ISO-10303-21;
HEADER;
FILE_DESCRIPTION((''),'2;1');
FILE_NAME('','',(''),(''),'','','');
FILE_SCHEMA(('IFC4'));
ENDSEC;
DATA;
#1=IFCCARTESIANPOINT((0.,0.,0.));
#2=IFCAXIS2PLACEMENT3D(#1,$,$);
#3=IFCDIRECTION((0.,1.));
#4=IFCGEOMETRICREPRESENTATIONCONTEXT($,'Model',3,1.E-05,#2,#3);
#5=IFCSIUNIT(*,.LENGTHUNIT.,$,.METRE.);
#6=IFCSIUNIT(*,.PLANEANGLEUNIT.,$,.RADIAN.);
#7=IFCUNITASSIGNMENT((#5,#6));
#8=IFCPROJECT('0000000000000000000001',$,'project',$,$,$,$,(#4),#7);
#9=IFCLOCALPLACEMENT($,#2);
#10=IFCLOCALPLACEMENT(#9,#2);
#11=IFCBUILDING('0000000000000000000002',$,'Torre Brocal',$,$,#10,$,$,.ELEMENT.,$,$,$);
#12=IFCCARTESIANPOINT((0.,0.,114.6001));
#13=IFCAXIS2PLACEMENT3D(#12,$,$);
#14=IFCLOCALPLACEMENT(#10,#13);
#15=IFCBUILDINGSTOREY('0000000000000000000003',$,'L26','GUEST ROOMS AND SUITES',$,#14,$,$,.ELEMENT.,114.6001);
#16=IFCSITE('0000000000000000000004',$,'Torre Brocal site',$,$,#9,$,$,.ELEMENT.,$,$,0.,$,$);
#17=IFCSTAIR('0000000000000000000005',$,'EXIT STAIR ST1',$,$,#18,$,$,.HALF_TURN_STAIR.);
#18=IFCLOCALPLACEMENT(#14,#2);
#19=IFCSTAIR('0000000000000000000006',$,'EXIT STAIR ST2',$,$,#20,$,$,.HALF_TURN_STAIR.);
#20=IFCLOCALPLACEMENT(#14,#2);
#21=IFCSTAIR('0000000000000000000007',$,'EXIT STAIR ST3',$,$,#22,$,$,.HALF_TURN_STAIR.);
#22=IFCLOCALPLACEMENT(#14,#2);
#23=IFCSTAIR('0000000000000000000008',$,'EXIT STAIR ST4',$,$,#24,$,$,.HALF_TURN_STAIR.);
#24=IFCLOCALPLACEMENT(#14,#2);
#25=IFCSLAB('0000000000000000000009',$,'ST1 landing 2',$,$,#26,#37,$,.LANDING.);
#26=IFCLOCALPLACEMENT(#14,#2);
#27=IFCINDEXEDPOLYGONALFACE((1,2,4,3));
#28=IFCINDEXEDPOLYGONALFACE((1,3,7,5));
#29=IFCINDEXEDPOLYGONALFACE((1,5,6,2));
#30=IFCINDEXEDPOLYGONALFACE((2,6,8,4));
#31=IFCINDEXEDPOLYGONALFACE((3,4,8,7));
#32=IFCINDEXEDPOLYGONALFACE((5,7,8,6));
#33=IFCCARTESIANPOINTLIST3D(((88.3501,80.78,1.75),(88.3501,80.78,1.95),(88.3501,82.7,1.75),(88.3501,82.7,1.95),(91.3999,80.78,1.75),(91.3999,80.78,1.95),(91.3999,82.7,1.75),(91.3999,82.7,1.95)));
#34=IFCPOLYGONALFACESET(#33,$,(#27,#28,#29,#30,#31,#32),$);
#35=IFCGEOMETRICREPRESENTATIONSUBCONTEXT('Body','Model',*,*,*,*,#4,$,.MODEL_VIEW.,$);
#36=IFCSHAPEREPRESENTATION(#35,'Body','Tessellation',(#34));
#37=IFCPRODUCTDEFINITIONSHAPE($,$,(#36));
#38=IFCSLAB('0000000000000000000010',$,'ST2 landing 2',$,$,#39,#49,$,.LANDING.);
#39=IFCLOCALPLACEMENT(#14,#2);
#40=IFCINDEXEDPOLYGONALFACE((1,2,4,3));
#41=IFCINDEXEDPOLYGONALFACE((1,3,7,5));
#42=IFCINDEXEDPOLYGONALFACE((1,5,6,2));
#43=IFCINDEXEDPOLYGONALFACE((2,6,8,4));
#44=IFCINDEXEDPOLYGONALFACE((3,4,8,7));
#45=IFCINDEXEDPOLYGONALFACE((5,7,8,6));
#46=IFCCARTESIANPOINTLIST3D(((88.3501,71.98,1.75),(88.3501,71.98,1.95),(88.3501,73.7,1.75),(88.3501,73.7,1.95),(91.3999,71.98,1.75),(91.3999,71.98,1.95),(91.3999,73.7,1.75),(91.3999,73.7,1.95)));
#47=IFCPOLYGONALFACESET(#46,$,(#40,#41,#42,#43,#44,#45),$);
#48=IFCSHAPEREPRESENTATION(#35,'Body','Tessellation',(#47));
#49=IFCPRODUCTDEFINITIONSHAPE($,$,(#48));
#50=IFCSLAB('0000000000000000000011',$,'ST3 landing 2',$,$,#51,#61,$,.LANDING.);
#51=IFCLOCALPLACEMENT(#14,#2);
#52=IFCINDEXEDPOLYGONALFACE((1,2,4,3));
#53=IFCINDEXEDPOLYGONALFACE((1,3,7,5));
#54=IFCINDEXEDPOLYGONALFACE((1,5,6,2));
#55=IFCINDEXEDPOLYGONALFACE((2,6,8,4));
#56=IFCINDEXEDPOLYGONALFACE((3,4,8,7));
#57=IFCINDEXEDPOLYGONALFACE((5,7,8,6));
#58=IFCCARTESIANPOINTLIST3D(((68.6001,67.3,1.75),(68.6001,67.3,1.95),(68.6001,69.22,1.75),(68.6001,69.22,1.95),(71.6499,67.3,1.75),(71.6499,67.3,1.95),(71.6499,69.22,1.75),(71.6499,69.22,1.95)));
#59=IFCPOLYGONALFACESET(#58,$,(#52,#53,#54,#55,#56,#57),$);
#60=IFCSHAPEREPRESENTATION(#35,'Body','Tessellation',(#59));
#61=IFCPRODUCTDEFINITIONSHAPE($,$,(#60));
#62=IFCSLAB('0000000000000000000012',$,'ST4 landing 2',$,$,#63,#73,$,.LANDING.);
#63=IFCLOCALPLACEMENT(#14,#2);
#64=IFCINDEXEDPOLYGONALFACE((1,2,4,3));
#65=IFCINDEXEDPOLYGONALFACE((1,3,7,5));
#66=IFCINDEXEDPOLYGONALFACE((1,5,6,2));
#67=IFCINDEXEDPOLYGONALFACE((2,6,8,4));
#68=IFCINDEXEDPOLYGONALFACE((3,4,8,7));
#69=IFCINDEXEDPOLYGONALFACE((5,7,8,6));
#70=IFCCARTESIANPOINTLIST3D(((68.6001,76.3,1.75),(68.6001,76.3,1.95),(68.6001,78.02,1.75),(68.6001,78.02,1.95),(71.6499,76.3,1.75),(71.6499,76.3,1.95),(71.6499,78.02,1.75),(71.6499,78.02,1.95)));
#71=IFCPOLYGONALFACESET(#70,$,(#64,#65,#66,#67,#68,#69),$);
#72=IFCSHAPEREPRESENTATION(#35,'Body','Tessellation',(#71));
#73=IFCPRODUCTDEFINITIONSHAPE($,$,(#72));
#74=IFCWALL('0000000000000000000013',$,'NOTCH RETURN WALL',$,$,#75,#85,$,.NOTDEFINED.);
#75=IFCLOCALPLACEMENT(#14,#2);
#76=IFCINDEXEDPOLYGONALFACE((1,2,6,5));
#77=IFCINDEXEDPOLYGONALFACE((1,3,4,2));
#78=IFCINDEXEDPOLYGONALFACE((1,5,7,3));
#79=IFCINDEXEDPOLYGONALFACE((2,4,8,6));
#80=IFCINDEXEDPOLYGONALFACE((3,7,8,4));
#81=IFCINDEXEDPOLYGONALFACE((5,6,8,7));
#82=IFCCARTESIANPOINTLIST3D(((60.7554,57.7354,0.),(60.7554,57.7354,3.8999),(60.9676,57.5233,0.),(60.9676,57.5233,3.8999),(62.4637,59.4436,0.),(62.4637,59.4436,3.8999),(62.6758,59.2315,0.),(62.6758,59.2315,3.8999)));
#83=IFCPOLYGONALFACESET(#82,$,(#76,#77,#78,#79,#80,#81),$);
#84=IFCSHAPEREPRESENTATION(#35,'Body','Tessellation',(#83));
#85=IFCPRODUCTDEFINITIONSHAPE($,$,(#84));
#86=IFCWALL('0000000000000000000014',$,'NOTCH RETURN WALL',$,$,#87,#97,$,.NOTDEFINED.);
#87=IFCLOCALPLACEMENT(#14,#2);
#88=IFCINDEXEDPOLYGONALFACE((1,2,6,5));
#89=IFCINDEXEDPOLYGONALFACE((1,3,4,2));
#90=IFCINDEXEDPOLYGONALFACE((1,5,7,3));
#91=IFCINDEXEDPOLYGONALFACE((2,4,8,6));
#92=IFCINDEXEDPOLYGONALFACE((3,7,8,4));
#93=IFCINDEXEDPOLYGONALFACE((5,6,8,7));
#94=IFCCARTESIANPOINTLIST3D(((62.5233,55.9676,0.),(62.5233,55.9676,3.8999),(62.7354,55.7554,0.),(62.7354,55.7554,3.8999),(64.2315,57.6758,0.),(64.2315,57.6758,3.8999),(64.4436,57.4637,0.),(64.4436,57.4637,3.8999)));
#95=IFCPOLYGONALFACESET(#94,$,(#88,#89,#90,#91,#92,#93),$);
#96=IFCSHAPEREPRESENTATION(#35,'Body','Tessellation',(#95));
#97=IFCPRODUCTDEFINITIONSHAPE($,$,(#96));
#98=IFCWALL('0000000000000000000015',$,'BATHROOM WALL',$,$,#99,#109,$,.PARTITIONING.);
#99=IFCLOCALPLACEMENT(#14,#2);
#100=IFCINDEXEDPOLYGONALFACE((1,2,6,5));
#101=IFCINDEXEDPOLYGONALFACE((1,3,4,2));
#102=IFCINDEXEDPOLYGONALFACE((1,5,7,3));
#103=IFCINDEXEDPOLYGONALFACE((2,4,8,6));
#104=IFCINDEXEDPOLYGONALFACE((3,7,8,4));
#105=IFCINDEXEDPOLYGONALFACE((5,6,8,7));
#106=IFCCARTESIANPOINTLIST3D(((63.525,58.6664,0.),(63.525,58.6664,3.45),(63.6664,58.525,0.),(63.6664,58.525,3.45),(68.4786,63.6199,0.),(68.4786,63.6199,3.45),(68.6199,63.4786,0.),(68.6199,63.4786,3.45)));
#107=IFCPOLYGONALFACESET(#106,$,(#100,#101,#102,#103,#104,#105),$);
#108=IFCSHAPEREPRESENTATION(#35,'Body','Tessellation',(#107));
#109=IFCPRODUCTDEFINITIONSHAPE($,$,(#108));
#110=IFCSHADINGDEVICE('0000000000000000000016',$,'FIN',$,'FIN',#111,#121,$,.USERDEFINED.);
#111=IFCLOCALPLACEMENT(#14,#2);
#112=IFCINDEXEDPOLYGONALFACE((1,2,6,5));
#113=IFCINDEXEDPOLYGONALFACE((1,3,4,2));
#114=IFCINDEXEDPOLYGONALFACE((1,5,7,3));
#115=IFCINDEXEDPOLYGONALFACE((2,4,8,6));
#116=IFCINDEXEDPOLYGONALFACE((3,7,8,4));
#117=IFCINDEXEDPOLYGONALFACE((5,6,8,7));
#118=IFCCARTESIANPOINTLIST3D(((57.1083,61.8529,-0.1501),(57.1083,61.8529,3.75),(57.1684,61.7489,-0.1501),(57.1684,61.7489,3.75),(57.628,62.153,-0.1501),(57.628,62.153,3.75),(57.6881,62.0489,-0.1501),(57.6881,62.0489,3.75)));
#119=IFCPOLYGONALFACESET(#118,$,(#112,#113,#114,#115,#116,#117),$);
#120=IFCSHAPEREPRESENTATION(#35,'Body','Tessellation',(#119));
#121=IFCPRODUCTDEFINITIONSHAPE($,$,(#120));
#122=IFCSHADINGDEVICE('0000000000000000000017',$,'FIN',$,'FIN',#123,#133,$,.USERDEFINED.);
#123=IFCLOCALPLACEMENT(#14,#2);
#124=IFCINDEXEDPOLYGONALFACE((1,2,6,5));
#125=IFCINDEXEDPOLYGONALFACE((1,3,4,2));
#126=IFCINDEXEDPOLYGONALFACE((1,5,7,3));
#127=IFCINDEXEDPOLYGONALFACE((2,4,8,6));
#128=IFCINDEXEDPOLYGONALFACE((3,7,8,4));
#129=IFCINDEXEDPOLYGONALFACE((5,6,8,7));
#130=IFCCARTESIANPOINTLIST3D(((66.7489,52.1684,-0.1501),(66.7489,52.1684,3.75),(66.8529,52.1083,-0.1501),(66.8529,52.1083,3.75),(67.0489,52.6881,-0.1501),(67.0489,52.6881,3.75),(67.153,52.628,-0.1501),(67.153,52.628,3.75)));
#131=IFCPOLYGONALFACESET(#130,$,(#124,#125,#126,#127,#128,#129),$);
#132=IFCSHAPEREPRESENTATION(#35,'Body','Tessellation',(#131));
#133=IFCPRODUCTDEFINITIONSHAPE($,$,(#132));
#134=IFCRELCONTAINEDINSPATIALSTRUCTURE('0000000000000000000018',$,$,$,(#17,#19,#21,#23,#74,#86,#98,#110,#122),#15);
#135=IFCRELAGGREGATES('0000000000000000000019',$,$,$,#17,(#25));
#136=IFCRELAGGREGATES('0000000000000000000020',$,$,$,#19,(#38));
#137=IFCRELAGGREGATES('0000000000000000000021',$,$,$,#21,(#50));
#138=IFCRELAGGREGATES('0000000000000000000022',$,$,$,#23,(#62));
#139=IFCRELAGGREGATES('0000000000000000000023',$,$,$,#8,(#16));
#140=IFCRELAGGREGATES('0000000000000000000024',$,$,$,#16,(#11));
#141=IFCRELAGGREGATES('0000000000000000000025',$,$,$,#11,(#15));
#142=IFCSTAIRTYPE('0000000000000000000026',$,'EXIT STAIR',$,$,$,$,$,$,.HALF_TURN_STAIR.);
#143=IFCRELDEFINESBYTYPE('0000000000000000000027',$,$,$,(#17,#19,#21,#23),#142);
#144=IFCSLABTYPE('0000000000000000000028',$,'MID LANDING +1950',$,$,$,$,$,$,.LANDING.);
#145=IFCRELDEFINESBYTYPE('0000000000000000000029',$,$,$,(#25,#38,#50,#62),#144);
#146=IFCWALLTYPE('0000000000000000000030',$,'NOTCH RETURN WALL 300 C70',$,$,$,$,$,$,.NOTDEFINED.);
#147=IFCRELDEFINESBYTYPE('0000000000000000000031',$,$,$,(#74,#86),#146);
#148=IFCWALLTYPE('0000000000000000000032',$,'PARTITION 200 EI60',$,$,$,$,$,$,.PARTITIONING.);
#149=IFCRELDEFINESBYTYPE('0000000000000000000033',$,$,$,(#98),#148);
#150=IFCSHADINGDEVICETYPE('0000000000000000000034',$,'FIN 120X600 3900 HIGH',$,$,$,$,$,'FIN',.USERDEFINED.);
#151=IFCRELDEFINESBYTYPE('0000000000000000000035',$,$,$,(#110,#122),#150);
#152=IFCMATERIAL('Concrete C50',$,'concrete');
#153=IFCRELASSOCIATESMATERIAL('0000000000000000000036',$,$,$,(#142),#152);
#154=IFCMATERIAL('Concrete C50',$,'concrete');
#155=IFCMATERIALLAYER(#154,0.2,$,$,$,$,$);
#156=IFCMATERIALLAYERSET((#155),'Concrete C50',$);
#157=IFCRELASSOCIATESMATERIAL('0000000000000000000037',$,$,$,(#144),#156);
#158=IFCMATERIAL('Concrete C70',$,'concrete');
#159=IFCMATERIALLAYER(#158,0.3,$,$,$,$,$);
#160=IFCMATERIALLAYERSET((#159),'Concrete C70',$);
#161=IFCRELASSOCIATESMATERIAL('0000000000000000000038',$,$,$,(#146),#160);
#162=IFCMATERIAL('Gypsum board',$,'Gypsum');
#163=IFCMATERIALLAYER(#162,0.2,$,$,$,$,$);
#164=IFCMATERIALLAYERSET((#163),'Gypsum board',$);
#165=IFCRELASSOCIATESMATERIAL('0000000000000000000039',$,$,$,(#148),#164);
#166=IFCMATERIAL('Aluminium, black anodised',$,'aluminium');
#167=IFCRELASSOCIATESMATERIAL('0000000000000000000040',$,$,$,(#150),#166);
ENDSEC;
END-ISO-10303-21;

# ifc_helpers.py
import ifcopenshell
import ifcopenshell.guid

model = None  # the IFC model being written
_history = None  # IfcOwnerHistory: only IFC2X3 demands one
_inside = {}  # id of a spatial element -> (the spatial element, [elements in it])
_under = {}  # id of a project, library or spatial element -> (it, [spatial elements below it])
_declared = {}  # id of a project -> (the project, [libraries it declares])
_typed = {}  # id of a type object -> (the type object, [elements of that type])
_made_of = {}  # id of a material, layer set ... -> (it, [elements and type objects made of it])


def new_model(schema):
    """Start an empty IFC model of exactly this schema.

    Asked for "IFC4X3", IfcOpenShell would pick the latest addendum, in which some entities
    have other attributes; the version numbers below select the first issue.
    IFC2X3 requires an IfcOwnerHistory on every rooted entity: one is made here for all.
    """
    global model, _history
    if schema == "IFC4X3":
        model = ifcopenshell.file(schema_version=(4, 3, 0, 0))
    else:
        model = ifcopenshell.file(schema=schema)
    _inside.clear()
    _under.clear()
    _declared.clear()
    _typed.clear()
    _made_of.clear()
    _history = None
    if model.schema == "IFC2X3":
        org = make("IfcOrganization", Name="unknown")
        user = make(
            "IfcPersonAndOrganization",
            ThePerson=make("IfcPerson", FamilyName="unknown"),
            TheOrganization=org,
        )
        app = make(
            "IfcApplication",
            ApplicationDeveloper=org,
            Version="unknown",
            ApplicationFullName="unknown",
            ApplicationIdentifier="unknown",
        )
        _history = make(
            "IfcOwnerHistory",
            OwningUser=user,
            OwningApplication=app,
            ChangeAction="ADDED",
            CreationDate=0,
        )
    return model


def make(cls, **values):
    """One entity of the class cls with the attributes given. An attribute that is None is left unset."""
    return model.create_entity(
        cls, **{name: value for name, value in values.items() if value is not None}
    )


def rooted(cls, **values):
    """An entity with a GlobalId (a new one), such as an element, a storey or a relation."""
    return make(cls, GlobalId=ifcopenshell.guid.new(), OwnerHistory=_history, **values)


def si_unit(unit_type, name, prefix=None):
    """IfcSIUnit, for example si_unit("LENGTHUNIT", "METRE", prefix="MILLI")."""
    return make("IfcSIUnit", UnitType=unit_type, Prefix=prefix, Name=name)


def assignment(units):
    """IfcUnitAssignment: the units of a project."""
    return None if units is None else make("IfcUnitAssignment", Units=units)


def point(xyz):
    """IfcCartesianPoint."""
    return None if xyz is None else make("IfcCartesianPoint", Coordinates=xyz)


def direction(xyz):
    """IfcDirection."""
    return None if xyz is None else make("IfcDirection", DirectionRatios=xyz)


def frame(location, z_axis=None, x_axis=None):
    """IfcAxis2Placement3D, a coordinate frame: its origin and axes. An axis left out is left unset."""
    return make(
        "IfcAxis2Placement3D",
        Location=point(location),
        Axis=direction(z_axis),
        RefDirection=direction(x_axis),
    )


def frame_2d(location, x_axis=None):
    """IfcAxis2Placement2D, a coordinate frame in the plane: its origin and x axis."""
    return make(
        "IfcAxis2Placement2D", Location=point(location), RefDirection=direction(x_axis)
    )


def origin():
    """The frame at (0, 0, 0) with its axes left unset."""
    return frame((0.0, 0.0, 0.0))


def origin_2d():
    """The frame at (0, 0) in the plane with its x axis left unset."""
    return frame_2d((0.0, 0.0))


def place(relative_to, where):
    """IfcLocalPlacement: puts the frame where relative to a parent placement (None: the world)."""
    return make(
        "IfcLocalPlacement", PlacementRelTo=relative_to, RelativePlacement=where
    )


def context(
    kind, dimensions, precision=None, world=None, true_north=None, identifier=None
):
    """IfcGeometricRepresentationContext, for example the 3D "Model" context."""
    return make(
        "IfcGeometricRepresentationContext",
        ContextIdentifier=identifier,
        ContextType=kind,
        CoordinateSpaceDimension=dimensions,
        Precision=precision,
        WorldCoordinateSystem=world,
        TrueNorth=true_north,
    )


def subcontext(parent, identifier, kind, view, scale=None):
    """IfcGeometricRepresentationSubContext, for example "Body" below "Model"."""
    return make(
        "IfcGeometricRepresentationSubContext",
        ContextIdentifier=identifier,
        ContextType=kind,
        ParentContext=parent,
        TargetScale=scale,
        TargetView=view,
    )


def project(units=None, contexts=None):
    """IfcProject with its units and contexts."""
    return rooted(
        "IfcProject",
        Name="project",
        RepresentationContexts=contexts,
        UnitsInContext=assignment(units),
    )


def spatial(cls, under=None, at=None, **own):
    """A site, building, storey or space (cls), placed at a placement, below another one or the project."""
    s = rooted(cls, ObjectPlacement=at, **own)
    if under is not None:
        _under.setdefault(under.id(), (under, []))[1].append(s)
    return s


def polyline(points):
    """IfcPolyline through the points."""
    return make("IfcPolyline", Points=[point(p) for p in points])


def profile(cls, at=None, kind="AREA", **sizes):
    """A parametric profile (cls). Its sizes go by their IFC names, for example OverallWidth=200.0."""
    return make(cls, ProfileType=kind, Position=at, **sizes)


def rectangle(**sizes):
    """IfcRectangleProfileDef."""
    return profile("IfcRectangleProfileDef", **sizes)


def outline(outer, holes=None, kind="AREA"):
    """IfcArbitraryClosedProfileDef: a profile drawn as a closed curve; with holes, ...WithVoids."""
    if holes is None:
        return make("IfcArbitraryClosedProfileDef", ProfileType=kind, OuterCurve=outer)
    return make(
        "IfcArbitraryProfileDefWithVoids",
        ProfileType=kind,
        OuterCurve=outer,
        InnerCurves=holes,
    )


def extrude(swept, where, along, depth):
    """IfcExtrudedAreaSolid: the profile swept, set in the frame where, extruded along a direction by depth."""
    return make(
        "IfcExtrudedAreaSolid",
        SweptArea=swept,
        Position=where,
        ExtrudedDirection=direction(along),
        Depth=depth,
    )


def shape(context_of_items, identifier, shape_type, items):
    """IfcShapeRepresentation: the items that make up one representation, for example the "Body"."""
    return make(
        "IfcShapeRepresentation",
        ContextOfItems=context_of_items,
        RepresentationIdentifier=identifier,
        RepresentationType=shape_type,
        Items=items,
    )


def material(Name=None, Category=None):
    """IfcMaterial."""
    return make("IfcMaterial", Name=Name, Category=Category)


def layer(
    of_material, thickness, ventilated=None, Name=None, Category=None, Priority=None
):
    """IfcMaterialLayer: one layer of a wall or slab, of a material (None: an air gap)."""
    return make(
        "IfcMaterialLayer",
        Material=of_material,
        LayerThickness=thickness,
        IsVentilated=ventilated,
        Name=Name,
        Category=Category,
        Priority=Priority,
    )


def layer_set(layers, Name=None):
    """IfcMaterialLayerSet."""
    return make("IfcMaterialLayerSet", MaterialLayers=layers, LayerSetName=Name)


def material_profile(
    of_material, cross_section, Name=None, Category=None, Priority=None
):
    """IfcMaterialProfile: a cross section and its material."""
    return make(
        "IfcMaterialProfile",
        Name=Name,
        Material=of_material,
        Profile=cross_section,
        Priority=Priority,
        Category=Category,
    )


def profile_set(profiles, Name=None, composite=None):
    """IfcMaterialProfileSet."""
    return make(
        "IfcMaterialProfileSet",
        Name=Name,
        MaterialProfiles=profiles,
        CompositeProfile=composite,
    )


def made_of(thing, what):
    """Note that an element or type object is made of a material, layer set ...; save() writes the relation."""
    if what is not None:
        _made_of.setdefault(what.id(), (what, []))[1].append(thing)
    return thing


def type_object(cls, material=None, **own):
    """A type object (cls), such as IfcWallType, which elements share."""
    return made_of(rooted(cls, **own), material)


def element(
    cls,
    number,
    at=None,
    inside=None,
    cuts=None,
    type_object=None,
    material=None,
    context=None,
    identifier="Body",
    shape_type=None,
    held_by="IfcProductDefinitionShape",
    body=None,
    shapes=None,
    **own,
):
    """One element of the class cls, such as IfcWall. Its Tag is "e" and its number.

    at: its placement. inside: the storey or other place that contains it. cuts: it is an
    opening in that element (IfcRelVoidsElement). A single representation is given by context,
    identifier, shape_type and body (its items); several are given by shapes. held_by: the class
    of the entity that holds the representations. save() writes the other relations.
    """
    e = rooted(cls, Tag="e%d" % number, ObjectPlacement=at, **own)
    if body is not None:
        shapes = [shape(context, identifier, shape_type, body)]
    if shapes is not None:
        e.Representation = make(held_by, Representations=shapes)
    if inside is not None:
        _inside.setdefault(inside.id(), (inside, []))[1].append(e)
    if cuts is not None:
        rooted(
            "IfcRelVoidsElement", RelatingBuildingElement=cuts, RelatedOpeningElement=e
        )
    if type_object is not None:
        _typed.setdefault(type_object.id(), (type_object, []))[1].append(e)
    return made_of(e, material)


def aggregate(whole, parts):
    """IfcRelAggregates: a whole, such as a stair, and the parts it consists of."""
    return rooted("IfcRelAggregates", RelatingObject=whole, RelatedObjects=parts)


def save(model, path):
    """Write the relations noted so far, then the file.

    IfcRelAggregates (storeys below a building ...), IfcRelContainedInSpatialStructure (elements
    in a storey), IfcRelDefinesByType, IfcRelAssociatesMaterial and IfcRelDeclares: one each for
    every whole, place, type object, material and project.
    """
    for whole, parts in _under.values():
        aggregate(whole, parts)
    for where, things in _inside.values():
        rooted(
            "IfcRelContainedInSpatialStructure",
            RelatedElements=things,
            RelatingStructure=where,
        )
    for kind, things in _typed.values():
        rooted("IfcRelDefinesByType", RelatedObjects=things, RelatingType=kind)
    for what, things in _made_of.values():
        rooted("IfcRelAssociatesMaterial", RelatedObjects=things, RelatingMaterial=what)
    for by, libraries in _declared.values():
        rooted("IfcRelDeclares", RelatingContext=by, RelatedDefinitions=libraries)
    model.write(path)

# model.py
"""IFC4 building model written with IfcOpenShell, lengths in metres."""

from ifc_helpers import new_model, si_unit, direction, frame, frame_2d, origin, origin_2d, place, context, subcontext, project, spatial, polyline, rectangle, outline, extrude, material, layer, layer_set, material_profile, profile_set, type_object, element, aggregate, save


model = new_model("IFC4")

# Units and contexts
model_context = context("Model", 3, precision=1e-05, world=origin(), true_north=direction((0.0, 1.0)))
body_context = subcontext(model_context, "Body", "Model", "MODEL_VIEW")
ifc_project = project(units=[si_unit("LENGTHUNIT", "METRE"), si_unit("PLANEANGLEUNIT", "RADIAN")], contexts=[model_context])

# Site, building, storey
site_placement = place(None, origin())
site = spatial("IfcSite", under=ifc_project, at=site_placement, Name="Torre Brocal site", CompositionType="ELEMENT", RefElevation=0.0)
building_placement = place(site_placement, origin())
building = spatial("IfcBuilding", under=site, at=building_placement, Name="Torre Brocal", CompositionType="ELEMENT")
storey_placement = place(building_placement, frame((0.0, 0.0, 114.6001)))
storey = spatial("IfcBuildingStorey", under=building, at=storey_placement, Name="L26", Description="GUEST ROOMS AND SUITES", CompositionType="ELEMENT", Elevation=114.6001)

# Stairs
ifc_material_1 = material(Name="Concrete C50", Category="concrete")
stair_type = type_object("IfcStairType", Name="EXIT STAIR", PredefinedType="HALF_TURN_STAIR", material=ifc_material_1)
stair_1_placement = place(storey_placement, origin())
stair_1 = element("IfcStair", 1, at=stair_1_placement, inside=storey, type_object=stair_type, Name="EXIT STAIR ST1", PredefinedType="HALF_TURN_STAIR")
stair_2_placement = place(storey_placement, origin())
stair_2 = element("IfcStair", 2, at=stair_2_placement, inside=storey, type_object=stair_type, Name="EXIT STAIR ST2", PredefinedType="HALF_TURN_STAIR")
stair_3_placement = place(storey_placement, origin())
stair_3 = element("IfcStair", 3, at=stair_3_placement, inside=storey, type_object=stair_type, Name="EXIT STAIR ST3", PredefinedType="HALF_TURN_STAIR")
stair_4_placement = place(storey_placement, origin())
stair_4 = element("IfcStair", 4, at=stair_4_placement, inside=storey, type_object=stair_type, Name="EXIT STAIR ST4", PredefinedType="HALF_TURN_STAIR")

# Slabs
ifc_material_2 = material(Name="Concrete C50", Category="concrete")
ifc_layer_1 = layer(ifc_material_2, 0.2)
ifc_layer_set_1 = layer_set([ifc_layer_1], Name="Concrete C50")
slab_type_1 = type_object("IfcSlabType", Name="MID LANDING +1950", PredefinedType="LANDING", material=ifc_layer_set_1)
slab_1_placement = place(storey_placement, frame((0.0, 0.0, 1.75)))
slab_1 = element("IfcSlab", 5, at=slab_1_placement, type_object=slab_type_1, Name="ST1 landing 2", PredefinedType="LANDING", context=body_context, shape_type="SweptSolid", body=[
    extrude(outline(polyline([(88.3501, 80.78), (91.3999, 80.78), (91.3999, 82.7), (88.3501, 82.7), (88.3501, 80.78)])), origin(), (0.0, 0.0, 1.0), 0.2),
])
aggregate(stair_1, [slab_1])
slab_2_placement = place(storey_placement, frame((0.0, 0.0, 1.75)))
slab_2 = element("IfcSlab", 6, at=slab_2_placement, type_object=slab_type_1, Name="ST2 landing 2", PredefinedType="LANDING", context=body_context, shape_type="SweptSolid", body=[
    extrude(outline(polyline([(88.3501, 71.98), (91.3999, 71.98), (91.3999, 73.7), (88.3501, 73.7), (88.3501, 71.98)])), origin(), (0.0, 0.0, 1.0), 0.2),
])
aggregate(stair_2, [slab_2])
slab_3_placement = place(storey_placement, frame((0.0, 0.0, 1.75)))
slab_3 = element("IfcSlab", 7, at=slab_3_placement, type_object=slab_type_1, Name="ST3 landing 2", PredefinedType="LANDING", context=body_context, shape_type="SweptSolid", body=[
    extrude(outline(polyline([(71.6499, 69.22), (68.6001, 69.22), (68.6001, 67.3), (71.6499, 67.3), (71.6499, 69.22)])), origin(), (0.0, 0.0, 1.0), 0.2),
])
aggregate(stair_3, [slab_3])
slab_4_placement = place(storey_placement, frame((0.0, 0.0, 1.75)))
slab_4 = element("IfcSlab", 8, at=slab_4_placement, type_object=slab_type_1, Name="ST4 landing 2", PredefinedType="LANDING", context=body_context, shape_type="SweptSolid", body=[
    extrude(outline(polyline([(71.6499, 78.02), (68.6001, 78.02), (68.6001, 76.3), (71.6499, 76.3), (71.6499, 78.02)])), origin(), (0.0, 0.0, 1.0), 0.2),
])
aggregate(stair_4, [slab_4])

# Walls
ifc_material_3 = material(Name="Concrete C70", Category="concrete")
ifc_layer_2 = layer(ifc_material_3, 0.3)
ifc_layer_set_2 = layer_set([ifc_layer_2], Name="Concrete C70")
wall_type_1 = type_object("IfcWallType", Name="NOTCH RETURN WALL 300 C70", PredefinedType="NOTDEFINED", material=ifc_layer_set_2)
for number, where, z_axis, x_axis, name in (
    (9, (62.5698, 59.3376, 0.0), (0.0, 0.0, 1.0), (-0.707107, -0.707107, 0.0), "NOTCH RETURN WALL"),
    (10, (64.3376, 57.5698, 0.0), (0.0, 0.0, 1.0), (-0.707107, -0.707107, 0.0), "NOTCH RETURN WALL"),
):
    element("IfcWall", number, at=place(storey_placement, frame(where, z_axis=z_axis, x_axis=x_axis)), inside=storey, type_object=wall_type_1, Name=name, PredefinedType="NOTDEFINED", context=body_context, shape_type="SweptSolid", body=[
        extrude(rectangle(XDim=2.4158, YDim=0.3, at=frame_2d((1.208, 0.0))), origin(), (0.0, 0.0, 1.0), 3.8999),
    ])
ifc_material_4 = material(Name="Gypsum board", Category="Gypsum")
ifc_layer_3 = layer(ifc_material_4, 0.2)
ifc_layer_set_3 = layer_set([ifc_layer_3], Name="Gypsum board")
wall_type_2 = type_object("IfcWallType", Name="PARTITION 200 EI60", PredefinedType="PARTITIONING", material=ifc_layer_set_3)
wall_placement = place(storey_placement, frame((63.5957, 58.5957, 0.0), z_axis=(0.0, 0.0, 1.0), x_axis=(0.707107, 0.707107, 0.0)))
element("IfcWall", 11, at=wall_placement, inside=storey, type_object=wall_type_2, Name="BATHROOM WALL", PredefinedType="PARTITIONING", context=body_context, shape_type="SweptSolid", body=[
    extrude(rectangle(XDim=7.0054, YDim=0.2, at=frame_2d((3.5027, 0.0))), origin(), (0.0, 0.0, 1.0), 3.45),
])

# Shading devices
ifc_material_5 = material(Name="Aluminium, black anodised", Category="aluminium")
ifc_material_profile_1 = material_profile(ifc_material_5, rectangle(XDim=0.1201, YDim=0.6001, at=origin_2d()), Name="FIN 120X600 3900 HIGH")
ifc_profile_set_1 = profile_set([ifc_material_profile_1], Name="Aluminium, black anodised")
shading_device_type = type_object("IfcShadingDeviceType", Name="FIN 120X600 3900 HIGH", ElementType="FIN", PredefinedType="USERDEFINED", material=ifc_profile_set_1)
for number, where, z_axis, x_axis, name in (
    (12, (57.3982, 61.9509, -0.1501), (0.0, 0.0, 1.0), (0.5, -0.866025, 0.0), "FIN"),
    (13, (66.9509, 52.3982, -0.1501), (0.0, 0.0, 1.0), (0.866025, -0.5, 0.0), "FIN"),
):
    element("IfcShadingDevice", number, at=place(storey_placement, frame(where, z_axis=z_axis, x_axis=x_axis)), inside=storey, type_object=shading_device_type, Name=name, ObjectType="FIN", PredefinedType="USERDEFINED", context=body_context, shape_type="SweptSolid", body=[
        extrude(rectangle(XDim=0.1201, YDim=0.6001, at=origin_2d()), origin(), (0.0, 0.0, 1.0), 3.9001),
    ])

save(model, "model.ifc")
